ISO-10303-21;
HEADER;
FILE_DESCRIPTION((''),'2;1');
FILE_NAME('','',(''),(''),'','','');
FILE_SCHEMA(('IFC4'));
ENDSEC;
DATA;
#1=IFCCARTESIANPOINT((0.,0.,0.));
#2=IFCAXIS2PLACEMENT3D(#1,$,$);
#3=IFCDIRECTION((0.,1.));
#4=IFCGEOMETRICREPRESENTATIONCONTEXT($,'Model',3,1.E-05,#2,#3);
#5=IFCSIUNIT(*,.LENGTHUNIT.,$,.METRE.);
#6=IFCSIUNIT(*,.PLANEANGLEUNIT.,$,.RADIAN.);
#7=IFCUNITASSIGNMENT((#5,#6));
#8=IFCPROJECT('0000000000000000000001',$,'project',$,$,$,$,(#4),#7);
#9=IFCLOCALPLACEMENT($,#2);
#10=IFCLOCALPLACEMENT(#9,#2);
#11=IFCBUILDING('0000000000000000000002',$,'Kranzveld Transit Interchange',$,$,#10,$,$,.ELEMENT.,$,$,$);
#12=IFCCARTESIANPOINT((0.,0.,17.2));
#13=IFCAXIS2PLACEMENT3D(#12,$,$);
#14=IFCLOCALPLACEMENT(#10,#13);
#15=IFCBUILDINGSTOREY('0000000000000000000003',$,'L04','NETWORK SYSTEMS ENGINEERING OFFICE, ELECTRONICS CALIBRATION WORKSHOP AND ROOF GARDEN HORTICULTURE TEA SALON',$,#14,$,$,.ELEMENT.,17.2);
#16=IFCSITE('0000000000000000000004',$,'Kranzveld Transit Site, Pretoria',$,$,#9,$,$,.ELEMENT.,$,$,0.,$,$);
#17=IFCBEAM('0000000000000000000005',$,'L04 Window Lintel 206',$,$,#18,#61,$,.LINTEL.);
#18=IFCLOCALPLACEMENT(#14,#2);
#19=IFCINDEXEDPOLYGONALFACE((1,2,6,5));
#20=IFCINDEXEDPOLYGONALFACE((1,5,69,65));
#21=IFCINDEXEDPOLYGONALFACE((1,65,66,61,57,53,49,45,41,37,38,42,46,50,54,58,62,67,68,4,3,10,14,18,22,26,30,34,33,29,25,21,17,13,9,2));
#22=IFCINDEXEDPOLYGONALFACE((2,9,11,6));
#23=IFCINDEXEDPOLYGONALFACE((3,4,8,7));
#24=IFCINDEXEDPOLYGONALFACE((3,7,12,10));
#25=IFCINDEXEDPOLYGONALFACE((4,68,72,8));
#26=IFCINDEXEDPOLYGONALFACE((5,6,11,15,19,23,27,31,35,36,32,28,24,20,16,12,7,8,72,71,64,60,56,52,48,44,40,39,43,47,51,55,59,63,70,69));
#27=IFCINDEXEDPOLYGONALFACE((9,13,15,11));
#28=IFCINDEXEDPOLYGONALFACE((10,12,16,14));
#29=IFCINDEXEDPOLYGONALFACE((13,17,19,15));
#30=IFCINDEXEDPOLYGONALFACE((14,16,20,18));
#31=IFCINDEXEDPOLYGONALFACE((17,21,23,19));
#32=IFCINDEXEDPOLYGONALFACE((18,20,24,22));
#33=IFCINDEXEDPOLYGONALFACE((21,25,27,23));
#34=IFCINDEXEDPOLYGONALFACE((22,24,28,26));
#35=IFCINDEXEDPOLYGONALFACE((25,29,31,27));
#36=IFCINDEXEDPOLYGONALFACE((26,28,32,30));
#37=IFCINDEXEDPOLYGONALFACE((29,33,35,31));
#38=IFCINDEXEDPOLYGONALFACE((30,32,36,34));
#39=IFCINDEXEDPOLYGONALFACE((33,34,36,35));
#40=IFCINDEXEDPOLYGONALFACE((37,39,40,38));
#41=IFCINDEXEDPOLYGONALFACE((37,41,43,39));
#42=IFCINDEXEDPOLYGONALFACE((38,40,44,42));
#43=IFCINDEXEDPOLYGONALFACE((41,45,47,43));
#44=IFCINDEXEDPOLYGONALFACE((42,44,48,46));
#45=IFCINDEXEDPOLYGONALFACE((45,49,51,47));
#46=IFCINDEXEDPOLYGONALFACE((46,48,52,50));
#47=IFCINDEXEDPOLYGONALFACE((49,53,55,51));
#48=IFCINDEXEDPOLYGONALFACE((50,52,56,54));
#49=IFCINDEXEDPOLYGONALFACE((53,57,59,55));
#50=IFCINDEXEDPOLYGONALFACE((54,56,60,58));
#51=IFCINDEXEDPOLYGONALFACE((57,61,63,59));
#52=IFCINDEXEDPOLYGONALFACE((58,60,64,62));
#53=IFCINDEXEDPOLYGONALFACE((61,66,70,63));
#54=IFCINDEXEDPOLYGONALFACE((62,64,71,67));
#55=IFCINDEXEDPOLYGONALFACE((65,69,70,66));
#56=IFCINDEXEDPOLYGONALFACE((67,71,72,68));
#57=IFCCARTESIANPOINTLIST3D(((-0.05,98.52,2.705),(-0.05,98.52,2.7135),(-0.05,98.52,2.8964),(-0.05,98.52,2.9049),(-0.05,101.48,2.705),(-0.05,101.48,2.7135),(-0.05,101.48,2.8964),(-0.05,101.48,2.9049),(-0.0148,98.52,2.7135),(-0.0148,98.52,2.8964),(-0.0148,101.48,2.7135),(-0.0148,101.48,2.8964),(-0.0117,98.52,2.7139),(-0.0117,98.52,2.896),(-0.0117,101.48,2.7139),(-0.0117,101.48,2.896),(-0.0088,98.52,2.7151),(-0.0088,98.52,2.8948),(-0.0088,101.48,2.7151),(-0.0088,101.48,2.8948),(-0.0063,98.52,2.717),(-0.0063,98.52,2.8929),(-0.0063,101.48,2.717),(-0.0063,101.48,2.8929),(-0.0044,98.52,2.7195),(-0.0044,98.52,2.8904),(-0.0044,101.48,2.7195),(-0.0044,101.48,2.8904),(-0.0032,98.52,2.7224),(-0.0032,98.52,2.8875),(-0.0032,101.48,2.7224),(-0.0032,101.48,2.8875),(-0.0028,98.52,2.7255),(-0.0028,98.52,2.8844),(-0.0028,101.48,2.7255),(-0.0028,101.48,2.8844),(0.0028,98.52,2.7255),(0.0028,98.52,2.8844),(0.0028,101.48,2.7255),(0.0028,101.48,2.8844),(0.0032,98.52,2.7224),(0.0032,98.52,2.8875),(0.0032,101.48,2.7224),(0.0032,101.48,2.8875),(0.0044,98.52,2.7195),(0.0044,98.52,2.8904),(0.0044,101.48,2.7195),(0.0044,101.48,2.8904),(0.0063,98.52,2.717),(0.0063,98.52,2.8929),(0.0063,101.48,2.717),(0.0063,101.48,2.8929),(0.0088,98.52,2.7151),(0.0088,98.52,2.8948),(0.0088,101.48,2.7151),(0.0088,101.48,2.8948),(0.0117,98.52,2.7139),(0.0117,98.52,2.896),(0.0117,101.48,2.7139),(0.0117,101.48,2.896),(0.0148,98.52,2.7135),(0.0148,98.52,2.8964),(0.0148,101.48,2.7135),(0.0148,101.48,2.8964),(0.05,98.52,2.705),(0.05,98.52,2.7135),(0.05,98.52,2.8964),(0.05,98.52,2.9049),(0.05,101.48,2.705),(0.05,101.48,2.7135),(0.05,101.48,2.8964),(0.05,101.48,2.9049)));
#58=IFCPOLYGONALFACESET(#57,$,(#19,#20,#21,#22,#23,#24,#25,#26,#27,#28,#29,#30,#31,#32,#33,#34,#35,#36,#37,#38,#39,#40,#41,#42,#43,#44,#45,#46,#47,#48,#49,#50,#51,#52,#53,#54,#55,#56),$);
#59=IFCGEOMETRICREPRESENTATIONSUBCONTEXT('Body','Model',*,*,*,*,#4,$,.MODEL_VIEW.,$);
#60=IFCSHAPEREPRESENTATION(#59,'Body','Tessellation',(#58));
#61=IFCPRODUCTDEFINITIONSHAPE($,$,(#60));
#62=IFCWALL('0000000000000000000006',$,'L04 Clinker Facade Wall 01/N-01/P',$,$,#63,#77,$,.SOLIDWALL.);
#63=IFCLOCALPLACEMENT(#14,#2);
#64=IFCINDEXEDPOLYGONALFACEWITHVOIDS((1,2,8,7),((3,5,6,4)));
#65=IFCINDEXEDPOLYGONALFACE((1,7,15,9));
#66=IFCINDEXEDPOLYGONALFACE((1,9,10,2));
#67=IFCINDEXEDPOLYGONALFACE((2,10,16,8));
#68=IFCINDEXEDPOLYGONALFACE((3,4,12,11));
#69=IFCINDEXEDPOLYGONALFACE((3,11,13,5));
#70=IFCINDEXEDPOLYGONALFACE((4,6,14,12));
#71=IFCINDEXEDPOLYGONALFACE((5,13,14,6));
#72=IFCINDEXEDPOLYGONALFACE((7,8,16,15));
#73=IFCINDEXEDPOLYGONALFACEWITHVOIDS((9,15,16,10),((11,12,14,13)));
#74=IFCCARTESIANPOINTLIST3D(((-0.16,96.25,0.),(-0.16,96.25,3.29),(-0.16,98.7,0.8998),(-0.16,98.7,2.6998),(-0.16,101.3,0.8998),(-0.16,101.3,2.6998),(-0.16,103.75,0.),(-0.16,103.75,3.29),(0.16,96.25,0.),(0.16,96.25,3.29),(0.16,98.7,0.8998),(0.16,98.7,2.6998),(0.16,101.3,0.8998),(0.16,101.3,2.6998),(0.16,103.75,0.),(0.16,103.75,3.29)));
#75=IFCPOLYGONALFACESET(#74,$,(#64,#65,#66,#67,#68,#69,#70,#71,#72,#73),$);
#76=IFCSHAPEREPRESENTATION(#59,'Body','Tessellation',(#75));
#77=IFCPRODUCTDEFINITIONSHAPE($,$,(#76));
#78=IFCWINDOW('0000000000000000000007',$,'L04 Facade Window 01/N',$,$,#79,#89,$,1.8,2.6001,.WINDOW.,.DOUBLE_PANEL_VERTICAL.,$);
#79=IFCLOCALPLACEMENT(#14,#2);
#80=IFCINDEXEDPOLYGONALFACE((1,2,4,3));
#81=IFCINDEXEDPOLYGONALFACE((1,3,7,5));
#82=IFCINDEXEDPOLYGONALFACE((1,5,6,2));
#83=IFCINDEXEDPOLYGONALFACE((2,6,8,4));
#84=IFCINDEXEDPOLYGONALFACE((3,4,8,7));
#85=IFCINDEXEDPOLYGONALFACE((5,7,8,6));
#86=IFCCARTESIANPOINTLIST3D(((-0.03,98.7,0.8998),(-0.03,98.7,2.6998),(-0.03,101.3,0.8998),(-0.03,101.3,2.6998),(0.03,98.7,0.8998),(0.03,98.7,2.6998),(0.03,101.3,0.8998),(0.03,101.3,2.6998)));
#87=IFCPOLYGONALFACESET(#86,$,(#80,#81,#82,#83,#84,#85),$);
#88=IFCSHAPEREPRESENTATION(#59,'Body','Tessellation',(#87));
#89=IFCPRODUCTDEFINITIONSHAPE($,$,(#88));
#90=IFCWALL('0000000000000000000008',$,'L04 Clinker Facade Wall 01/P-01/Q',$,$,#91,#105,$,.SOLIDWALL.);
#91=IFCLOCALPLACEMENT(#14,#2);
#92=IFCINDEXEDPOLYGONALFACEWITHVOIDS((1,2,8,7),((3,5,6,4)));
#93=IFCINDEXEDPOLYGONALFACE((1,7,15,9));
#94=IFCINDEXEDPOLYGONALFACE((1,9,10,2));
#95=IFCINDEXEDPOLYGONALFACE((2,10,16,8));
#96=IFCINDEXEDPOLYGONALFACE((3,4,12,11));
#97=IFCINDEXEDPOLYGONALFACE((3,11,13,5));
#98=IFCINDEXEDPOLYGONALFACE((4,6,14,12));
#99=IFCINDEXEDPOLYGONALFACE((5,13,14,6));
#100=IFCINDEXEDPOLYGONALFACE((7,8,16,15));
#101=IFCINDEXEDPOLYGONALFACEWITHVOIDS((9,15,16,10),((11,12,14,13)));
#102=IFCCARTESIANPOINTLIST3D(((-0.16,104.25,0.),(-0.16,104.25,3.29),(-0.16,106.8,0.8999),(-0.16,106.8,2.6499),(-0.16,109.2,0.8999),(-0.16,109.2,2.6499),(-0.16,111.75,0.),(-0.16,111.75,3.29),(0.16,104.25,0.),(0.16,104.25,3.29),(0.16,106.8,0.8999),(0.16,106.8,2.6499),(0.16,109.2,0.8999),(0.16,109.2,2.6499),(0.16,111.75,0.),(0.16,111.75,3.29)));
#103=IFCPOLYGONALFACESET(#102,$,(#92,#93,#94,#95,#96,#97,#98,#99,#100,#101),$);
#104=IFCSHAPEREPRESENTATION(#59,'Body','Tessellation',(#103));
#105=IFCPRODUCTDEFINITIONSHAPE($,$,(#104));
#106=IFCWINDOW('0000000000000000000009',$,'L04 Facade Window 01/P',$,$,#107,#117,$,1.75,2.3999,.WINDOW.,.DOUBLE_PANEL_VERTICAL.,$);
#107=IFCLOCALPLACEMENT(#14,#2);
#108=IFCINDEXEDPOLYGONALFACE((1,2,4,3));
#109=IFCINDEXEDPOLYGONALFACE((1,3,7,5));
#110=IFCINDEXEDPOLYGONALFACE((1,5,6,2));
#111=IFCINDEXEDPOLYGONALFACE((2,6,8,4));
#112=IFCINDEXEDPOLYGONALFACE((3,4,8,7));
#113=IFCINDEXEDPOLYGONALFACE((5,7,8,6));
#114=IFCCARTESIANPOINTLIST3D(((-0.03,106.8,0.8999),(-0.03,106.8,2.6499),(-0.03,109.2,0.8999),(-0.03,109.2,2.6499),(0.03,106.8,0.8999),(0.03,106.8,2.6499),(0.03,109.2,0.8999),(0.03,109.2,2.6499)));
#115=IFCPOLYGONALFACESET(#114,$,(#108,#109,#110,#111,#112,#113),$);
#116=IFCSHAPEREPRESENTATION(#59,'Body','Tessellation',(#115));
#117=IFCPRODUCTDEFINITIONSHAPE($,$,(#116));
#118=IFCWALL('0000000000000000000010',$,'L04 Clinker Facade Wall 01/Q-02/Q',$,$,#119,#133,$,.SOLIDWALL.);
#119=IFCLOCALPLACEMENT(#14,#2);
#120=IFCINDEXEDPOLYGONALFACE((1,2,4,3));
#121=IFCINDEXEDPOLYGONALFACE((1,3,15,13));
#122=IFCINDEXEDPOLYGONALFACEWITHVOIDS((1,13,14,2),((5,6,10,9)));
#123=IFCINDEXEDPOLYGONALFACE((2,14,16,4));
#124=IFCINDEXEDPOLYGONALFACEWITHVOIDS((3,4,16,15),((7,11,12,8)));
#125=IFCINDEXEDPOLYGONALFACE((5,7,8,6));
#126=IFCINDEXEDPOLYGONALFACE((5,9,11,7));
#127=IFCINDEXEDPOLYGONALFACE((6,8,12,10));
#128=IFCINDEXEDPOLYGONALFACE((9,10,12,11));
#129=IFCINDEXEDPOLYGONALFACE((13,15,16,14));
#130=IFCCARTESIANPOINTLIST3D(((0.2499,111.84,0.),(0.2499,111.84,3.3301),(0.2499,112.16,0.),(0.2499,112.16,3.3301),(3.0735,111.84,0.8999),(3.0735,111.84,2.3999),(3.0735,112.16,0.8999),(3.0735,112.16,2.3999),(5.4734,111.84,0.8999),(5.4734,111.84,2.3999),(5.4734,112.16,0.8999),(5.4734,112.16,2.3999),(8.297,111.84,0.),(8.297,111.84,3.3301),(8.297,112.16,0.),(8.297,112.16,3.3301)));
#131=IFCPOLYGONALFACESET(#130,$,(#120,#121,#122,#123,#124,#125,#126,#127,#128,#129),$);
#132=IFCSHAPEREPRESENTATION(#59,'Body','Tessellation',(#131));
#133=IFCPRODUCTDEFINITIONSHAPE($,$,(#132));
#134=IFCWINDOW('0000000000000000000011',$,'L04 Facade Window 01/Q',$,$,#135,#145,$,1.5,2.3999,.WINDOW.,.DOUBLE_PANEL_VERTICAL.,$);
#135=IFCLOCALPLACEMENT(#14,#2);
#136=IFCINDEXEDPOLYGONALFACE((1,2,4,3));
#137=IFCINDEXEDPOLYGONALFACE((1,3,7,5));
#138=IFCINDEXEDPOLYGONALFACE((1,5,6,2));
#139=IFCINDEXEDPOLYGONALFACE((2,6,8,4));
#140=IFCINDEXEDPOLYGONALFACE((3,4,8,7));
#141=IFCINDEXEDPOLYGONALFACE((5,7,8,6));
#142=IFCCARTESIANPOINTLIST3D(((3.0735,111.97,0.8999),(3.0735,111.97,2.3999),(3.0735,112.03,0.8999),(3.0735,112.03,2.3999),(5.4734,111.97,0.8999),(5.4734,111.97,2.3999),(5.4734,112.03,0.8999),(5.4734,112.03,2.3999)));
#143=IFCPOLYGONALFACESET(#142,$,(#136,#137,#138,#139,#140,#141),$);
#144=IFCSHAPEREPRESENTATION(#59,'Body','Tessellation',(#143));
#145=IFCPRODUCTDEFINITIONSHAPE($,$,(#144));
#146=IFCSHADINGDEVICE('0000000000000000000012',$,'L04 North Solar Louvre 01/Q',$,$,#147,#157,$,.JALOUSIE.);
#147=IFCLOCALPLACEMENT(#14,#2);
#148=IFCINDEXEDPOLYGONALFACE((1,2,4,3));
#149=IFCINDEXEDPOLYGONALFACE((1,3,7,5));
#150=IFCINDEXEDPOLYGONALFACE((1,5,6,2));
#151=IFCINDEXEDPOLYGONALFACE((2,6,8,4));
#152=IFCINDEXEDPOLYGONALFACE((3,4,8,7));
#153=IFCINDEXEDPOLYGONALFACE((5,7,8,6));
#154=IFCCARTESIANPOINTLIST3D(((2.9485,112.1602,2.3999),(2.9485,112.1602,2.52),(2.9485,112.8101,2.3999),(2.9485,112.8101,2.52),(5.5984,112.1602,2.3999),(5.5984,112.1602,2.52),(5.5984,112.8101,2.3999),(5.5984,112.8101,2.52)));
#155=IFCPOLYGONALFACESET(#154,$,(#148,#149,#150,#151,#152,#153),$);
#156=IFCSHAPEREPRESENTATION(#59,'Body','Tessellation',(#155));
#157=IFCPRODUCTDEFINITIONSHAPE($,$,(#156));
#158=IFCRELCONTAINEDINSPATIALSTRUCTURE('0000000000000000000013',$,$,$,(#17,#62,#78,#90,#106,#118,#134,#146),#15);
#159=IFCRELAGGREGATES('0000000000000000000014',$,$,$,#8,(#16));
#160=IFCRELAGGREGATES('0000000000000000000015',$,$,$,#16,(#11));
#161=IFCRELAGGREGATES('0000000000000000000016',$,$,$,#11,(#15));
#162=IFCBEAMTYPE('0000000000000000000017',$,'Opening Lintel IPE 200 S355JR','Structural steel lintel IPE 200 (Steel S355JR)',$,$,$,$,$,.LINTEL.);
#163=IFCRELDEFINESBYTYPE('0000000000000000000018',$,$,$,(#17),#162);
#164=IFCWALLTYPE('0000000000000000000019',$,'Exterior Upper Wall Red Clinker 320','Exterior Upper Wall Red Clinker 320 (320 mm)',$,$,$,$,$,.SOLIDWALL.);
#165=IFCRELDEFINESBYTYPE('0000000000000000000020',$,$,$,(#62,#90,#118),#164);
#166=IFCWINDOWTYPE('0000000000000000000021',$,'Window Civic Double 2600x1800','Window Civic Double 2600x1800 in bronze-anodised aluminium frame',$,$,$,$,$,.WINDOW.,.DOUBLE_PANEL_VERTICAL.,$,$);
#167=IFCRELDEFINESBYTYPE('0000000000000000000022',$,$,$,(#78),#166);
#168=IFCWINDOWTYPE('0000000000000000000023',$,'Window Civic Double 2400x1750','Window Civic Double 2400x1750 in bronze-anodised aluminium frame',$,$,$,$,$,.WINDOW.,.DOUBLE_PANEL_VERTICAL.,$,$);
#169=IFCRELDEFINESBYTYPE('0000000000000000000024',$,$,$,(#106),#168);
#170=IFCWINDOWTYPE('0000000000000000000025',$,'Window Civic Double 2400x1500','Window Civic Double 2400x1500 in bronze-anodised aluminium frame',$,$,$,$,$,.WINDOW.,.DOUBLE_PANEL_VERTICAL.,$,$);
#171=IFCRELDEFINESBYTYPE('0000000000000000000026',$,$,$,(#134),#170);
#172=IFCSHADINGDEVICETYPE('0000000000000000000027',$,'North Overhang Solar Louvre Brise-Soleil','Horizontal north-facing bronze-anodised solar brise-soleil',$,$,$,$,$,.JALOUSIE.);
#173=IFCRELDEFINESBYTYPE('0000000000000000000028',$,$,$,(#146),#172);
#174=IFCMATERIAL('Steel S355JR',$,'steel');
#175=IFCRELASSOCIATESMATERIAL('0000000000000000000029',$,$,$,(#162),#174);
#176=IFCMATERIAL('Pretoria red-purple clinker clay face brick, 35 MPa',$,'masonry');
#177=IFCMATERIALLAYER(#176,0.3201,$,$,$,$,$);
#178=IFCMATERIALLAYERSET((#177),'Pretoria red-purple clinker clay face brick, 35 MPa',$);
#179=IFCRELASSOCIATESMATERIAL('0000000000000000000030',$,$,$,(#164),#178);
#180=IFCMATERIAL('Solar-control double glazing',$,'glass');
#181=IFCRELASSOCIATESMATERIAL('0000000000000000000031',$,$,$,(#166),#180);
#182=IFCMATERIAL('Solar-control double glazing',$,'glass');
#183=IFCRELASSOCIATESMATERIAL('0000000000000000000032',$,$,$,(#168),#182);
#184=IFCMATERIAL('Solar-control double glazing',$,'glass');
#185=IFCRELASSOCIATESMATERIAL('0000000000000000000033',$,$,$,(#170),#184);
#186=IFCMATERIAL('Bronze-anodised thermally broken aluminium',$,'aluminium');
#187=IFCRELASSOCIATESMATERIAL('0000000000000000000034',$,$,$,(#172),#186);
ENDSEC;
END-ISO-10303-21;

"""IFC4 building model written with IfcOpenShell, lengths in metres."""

from ifc_helpers import new_model, si_unit, direction, frame, frame_2d, origin, origin_2d, place, context, subcontext, project, spatial, rectangle, i_section, extrude, material, layer, layer_set, material_profile, profile_set, type_object, element, fill, save


model = new_model("IFC4")

# Units and contexts
model_context = context("Model", 3, precision=1e-05, world=origin(), true_north=direction((0.0, 1.0)))
body_context = subcontext(model_context, "Body", "Model", "MODEL_VIEW")
ifc_project = project(units=[si_unit("LENGTHUNIT", "METRE"), si_unit("PLANEANGLEUNIT", "RADIAN")], contexts=[model_context])

# Site, building, storey
site_placement = place(None, origin())
site = spatial("IfcSite", under=ifc_project, at=site_placement, Name="Kranzveld Transit Site, Pretoria", CompositionType="ELEMENT", RefElevation=0.0)
building_placement = place(site_placement, origin())
building = spatial("IfcBuilding", under=site, at=building_placement, Name="Kranzveld Transit Interchange", CompositionType="ELEMENT")
storey_placement = place(building_placement, frame((0.0, 0.0, 17.2)))
storey = spatial("IfcBuildingStorey", under=building, at=storey_placement, Name="L04", Description="NETWORK SYSTEMS ENGINEERING OFFICE, ELECTRONICS CALIBRATION WORKSHOP AND ROOF GARDEN HORTICULTURE TEA SALON", CompositionType="ELEMENT", Elevation=17.2)

# Beam
ifc_material_1 = material(Name="Steel S355JR", Category="steel")
ifc_material_profile_1 = material_profile(ifc_material_1, i_section(OverallWidth=0.1001, OverallDepth=0.2, WebThickness=0.0056, FlangeThickness=0.0085, FilletRadius=0.012, at=origin_2d()), Name="IPE 200")
ifc_profile_set_1 = profile_set([ifc_material_profile_1], Name="Steel S355JR")
beam_type_1 = type_object("IfcBeamType", Name="Opening Lintel IPE 200 S355JR", Description="Structural steel lintel IPE 200 (Steel S355JR)", PredefinedType="LINTEL", material=ifc_profile_set_1)
beam_1_placement = place(storey_placement, frame((0.0, 98.52, 2.8049), z_axis=(0.0, 1.0, 0.0), x_axis=(-1.0, 0.0, 0.0)))
element("IfcBeam", 1, at=beam_1_placement, inside=storey, type_object=beam_type_1, Name="L04 Window Lintel 206", PredefinedType="LINTEL", context=body_context, shape_type="SweptSolid", body=[
    extrude(i_section(OverallWidth=0.1001, OverallDepth=0.2, WebThickness=0.0056, FlangeThickness=0.0085, FilletRadius=0.012, at=origin_2d()), origin(), (0.0, 0.0, 1.0), 2.96),
])

# Walls, openings, windows
ifc_material_2 = material(Name="Pretoria red-purple clinker clay face brick, 35 MPa", Category="masonry")
ifc_layer = layer(ifc_material_2, 0.3201)
ifc_layer_set = layer_set([ifc_layer], Name="Pretoria red-purple clinker clay face brick, 35 MPa")
wall_type = type_object("IfcWallType", Name="Exterior Upper Wall Red Clinker 320", Description="Exterior Upper Wall Red Clinker 320 (320 mm)", PredefinedType="SOLIDWALL", material=ifc_layer_set)
wall_1_placement = place(storey_placement, frame((0.0, 96.25, 0.0), z_axis=(0.0, 0.0, 1.0), x_axis=(0.0, 1.0, 0.0)))
wall_1 = element("IfcWall", 2, at=wall_1_placement, inside=storey, type_object=wall_type, Name="L04 Clinker Facade Wall 01/N-01/P", PredefinedType="SOLIDWALL", context=body_context, shape_type="SweptSolid", body=[
    extrude(rectangle(XDim=7.5, YDim=0.3201, at=frame_2d((3.75, 0.0))), origin(), (0.0, 0.0, 1.0), 3.29),
])
opening_1_placement = place(wall_1_placement, frame((2.45, 0.0, 0.8999), z_axis=(0.0, 0.0, 1.0), x_axis=(1.0, 0.0, 0.0)))
opening_1 = element("IfcOpeningElement", 3, at=opening_1_placement, cuts=wall_1, PredefinedType="OPENING", context=body_context, shape_type="SweptSolid", body=[
    extrude(rectangle(XDim=2.6001, YDim=1.8, at=frame_2d((1.3, 0.8999))), frame((0.0, 0.1699, 0.0), z_axis=(0.0, -1.0, 0.0), x_axis=(1.0, 0.0, 0.0)), (0.0, 0.0, 1.0), 0.3401),
])
ifc_material_3 = material(Name="Solar-control double glazing", Category="glass")
window_type_1 = type_object("IfcWindowType", Name="Window Civic Double 2600x1800", Description="Window Civic Double 2600x1800 in bronze-anodised aluminium frame", PartitioningType="DOUBLE_PANEL_VERTICAL", PredefinedType="WINDOW", material=ifc_material_3)
window_1_placement = place(opening_1_placement, origin())
window_1 = element("IfcWindow", 4, at=window_1_placement, inside=storey, type_object=window_type_1, Name="L04 Facade Window 01/N", OverallHeight=1.8, OverallWidth=2.6001, PartitioningType="DOUBLE_PANEL_VERTICAL", PredefinedType="WINDOW", context=body_context, shape_type="SweptSolid", body=[
    extrude(rectangle(XDim=2.6001, YDim=1.8, at=frame_2d((1.3, 0.8999))), frame((0.0, 0.03, 0.0), z_axis=(0.0, -1.0, 0.0), x_axis=(1.0, 0.0, 0.0)), (0.0, 0.0, 1.0), 0.0601),
])
fill(opening_1, window_1)
wall_2_placement = place(storey_placement, frame((0.0, 104.25, 0.0), z_axis=(0.0, 0.0, 1.0), x_axis=(0.0, 1.0, 0.0)))
wall_2 = element("IfcWall", 5, at=wall_2_placement, inside=storey, type_object=wall_type, Name="L04 Clinker Facade Wall 01/P-01/Q", PredefinedType="SOLIDWALL", context=body_context, shape_type="SweptSolid", body=[
    extrude(rectangle(XDim=7.5, YDim=0.3201, at=frame_2d((3.75, 0.0))), origin(), (0.0, 0.0, 1.0), 3.29),
])
opening_2_placement = place(wall_2_placement, frame((2.55, 0.0, 0.8999), z_axis=(0.0, 0.0, 1.0), x_axis=(1.0, 0.0, 0.0)))
opening_2 = element("IfcOpeningElement", 6, at=opening_2_placement, cuts=wall_2, PredefinedType="OPENING", context=body_context, shape_type="SweptSolid", body=[
    extrude(rectangle(XDim=2.3999, YDim=1.75, at=frame_2d((1.2, 0.875))), frame((0.0, 0.1699, 0.0), z_axis=(0.0, -1.0, 0.0), x_axis=(1.0, 0.0, 0.0)), (0.0, 0.0, 1.0), 0.3401),
])
ifc_material_4 = material(Name="Solar-control double glazing", Category="glass")
window_type_2 = type_object("IfcWindowType", Name="Window Civic Double 2400x1750", Description="Window Civic Double 2400x1750 in bronze-anodised aluminium frame", PartitioningType="DOUBLE_PANEL_VERTICAL", PredefinedType="WINDOW", material=ifc_material_4)
window_2_placement = place(opening_2_placement, origin())
window_2 = element("IfcWindow", 7, at=window_2_placement, inside=storey, type_object=window_type_2, Name="L04 Facade Window 01/P", OverallHeight=1.75, OverallWidth=2.3999, PartitioningType="DOUBLE_PANEL_VERTICAL", PredefinedType="WINDOW", context=body_context, shape_type="SweptSolid", body=[
    extrude(rectangle(XDim=2.3999, YDim=1.75, at=frame_2d((1.2, 0.875))), frame((0.0, 0.03, 0.0), z_axis=(0.0, -1.0, 0.0), x_axis=(1.0, 0.0, 0.0)), (0.0, 0.0, 1.0), 0.0601),
])
fill(opening_2, window_2)
wall_3_placement = place(storey_placement, frame((0.25, 112.0, 0.0), z_axis=(0.0, 0.0, 1.0), x_axis=(1.0, 0.0, 0.0)))
wall_3 = element("IfcWall", 8, at=wall_3_placement, inside=storey, type_object=wall_type, Name="L04 Clinker Facade Wall 01/Q-02/Q", PredefinedType="SOLIDWALL", context=body_context, shape_type="SweptSolid", body=[
    extrude(rectangle(XDim=8.0471, YDim=0.3201, at=frame_2d((4.0234, 0.0))), origin(), (0.0, 0.0, 1.0), 3.3301),
])
opening_3_placement = place(wall_3_placement, frame((2.8235, 0.0, 0.8999), z_axis=(0.0, 0.0, 1.0), x_axis=(1.0, 0.0, 0.0)))
opening_3 = element("IfcOpeningElement", 9, at=opening_3_placement, cuts=wall_3, PredefinedType="OPENING", context=body_context, shape_type="SweptSolid", body=[
    extrude(rectangle(XDim=2.3999, YDim=1.5, at=frame_2d((1.2, 0.75))), frame((0.0, 0.1699, 0.0), z_axis=(0.0, -1.0, 0.0), x_axis=(1.0, 0.0, 0.0)), (0.0, 0.0, 1.0), 0.3401),
])
ifc_material_5 = material(Name="Solar-control double glazing", Category="glass")
window_type_3 = type_object("IfcWindowType", Name="Window Civic Double 2400x1500", Description="Window Civic Double 2400x1500 in bronze-anodised aluminium frame", PartitioningType="DOUBLE_PANEL_VERTICAL", PredefinedType="WINDOW", material=ifc_material_5)
window_3_placement = place(opening_3_placement, origin())
window_3 = element("IfcWindow", 10, at=window_3_placement, inside=storey, type_object=window_type_3, Name="L04 Facade Window 01/Q", OverallHeight=1.5, OverallWidth=2.3999, PartitioningType="DOUBLE_PANEL_VERTICAL", PredefinedType="WINDOW", context=body_context, shape_type="SweptSolid", body=[
    extrude(rectangle(XDim=2.3999, YDim=1.5, at=frame_2d((1.2, 0.75))), frame((0.0, 0.03, 0.0), z_axis=(0.0, -1.0, 0.0), x_axis=(1.0, 0.0, 0.0)), (0.0, 0.0, 1.0), 0.0601),
])
fill(opening_3, window_3)

# Shading device
ifc_material_6 = material(Name="Bronze-anodised thermally broken aluminium", Category="aluminium")
shading_device_type = type_object("IfcShadingDeviceType", Name="North Overhang Solar Louvre Brise-Soleil", Description="Horizontal north-facing bronze-anodised solar brise-soleil", PredefinedType="JALOUSIE", material=ifc_material_6)
shading_device_placement = place(storey_placement, frame((4.2734, 112.4851, 2.3999), z_axis=(0.0, 0.0, 1.0), x_axis=(1.0, 0.0, 0.0)))
element("IfcShadingDevice", 11, at=shading_device_placement, inside=storey, type_object=shading_device_type, Name="L04 North Solar Louvre 01/Q", PredefinedType="JALOUSIE", context=body_context, shape_type="SweptSolid", body=[
    extrude(rectangle(XDim=2.6499, YDim=0.6499, at=origin_2d()), origin(), (0.0, 0.0, 1.0), 0.1201),
])

save(model, "model.ifc")
